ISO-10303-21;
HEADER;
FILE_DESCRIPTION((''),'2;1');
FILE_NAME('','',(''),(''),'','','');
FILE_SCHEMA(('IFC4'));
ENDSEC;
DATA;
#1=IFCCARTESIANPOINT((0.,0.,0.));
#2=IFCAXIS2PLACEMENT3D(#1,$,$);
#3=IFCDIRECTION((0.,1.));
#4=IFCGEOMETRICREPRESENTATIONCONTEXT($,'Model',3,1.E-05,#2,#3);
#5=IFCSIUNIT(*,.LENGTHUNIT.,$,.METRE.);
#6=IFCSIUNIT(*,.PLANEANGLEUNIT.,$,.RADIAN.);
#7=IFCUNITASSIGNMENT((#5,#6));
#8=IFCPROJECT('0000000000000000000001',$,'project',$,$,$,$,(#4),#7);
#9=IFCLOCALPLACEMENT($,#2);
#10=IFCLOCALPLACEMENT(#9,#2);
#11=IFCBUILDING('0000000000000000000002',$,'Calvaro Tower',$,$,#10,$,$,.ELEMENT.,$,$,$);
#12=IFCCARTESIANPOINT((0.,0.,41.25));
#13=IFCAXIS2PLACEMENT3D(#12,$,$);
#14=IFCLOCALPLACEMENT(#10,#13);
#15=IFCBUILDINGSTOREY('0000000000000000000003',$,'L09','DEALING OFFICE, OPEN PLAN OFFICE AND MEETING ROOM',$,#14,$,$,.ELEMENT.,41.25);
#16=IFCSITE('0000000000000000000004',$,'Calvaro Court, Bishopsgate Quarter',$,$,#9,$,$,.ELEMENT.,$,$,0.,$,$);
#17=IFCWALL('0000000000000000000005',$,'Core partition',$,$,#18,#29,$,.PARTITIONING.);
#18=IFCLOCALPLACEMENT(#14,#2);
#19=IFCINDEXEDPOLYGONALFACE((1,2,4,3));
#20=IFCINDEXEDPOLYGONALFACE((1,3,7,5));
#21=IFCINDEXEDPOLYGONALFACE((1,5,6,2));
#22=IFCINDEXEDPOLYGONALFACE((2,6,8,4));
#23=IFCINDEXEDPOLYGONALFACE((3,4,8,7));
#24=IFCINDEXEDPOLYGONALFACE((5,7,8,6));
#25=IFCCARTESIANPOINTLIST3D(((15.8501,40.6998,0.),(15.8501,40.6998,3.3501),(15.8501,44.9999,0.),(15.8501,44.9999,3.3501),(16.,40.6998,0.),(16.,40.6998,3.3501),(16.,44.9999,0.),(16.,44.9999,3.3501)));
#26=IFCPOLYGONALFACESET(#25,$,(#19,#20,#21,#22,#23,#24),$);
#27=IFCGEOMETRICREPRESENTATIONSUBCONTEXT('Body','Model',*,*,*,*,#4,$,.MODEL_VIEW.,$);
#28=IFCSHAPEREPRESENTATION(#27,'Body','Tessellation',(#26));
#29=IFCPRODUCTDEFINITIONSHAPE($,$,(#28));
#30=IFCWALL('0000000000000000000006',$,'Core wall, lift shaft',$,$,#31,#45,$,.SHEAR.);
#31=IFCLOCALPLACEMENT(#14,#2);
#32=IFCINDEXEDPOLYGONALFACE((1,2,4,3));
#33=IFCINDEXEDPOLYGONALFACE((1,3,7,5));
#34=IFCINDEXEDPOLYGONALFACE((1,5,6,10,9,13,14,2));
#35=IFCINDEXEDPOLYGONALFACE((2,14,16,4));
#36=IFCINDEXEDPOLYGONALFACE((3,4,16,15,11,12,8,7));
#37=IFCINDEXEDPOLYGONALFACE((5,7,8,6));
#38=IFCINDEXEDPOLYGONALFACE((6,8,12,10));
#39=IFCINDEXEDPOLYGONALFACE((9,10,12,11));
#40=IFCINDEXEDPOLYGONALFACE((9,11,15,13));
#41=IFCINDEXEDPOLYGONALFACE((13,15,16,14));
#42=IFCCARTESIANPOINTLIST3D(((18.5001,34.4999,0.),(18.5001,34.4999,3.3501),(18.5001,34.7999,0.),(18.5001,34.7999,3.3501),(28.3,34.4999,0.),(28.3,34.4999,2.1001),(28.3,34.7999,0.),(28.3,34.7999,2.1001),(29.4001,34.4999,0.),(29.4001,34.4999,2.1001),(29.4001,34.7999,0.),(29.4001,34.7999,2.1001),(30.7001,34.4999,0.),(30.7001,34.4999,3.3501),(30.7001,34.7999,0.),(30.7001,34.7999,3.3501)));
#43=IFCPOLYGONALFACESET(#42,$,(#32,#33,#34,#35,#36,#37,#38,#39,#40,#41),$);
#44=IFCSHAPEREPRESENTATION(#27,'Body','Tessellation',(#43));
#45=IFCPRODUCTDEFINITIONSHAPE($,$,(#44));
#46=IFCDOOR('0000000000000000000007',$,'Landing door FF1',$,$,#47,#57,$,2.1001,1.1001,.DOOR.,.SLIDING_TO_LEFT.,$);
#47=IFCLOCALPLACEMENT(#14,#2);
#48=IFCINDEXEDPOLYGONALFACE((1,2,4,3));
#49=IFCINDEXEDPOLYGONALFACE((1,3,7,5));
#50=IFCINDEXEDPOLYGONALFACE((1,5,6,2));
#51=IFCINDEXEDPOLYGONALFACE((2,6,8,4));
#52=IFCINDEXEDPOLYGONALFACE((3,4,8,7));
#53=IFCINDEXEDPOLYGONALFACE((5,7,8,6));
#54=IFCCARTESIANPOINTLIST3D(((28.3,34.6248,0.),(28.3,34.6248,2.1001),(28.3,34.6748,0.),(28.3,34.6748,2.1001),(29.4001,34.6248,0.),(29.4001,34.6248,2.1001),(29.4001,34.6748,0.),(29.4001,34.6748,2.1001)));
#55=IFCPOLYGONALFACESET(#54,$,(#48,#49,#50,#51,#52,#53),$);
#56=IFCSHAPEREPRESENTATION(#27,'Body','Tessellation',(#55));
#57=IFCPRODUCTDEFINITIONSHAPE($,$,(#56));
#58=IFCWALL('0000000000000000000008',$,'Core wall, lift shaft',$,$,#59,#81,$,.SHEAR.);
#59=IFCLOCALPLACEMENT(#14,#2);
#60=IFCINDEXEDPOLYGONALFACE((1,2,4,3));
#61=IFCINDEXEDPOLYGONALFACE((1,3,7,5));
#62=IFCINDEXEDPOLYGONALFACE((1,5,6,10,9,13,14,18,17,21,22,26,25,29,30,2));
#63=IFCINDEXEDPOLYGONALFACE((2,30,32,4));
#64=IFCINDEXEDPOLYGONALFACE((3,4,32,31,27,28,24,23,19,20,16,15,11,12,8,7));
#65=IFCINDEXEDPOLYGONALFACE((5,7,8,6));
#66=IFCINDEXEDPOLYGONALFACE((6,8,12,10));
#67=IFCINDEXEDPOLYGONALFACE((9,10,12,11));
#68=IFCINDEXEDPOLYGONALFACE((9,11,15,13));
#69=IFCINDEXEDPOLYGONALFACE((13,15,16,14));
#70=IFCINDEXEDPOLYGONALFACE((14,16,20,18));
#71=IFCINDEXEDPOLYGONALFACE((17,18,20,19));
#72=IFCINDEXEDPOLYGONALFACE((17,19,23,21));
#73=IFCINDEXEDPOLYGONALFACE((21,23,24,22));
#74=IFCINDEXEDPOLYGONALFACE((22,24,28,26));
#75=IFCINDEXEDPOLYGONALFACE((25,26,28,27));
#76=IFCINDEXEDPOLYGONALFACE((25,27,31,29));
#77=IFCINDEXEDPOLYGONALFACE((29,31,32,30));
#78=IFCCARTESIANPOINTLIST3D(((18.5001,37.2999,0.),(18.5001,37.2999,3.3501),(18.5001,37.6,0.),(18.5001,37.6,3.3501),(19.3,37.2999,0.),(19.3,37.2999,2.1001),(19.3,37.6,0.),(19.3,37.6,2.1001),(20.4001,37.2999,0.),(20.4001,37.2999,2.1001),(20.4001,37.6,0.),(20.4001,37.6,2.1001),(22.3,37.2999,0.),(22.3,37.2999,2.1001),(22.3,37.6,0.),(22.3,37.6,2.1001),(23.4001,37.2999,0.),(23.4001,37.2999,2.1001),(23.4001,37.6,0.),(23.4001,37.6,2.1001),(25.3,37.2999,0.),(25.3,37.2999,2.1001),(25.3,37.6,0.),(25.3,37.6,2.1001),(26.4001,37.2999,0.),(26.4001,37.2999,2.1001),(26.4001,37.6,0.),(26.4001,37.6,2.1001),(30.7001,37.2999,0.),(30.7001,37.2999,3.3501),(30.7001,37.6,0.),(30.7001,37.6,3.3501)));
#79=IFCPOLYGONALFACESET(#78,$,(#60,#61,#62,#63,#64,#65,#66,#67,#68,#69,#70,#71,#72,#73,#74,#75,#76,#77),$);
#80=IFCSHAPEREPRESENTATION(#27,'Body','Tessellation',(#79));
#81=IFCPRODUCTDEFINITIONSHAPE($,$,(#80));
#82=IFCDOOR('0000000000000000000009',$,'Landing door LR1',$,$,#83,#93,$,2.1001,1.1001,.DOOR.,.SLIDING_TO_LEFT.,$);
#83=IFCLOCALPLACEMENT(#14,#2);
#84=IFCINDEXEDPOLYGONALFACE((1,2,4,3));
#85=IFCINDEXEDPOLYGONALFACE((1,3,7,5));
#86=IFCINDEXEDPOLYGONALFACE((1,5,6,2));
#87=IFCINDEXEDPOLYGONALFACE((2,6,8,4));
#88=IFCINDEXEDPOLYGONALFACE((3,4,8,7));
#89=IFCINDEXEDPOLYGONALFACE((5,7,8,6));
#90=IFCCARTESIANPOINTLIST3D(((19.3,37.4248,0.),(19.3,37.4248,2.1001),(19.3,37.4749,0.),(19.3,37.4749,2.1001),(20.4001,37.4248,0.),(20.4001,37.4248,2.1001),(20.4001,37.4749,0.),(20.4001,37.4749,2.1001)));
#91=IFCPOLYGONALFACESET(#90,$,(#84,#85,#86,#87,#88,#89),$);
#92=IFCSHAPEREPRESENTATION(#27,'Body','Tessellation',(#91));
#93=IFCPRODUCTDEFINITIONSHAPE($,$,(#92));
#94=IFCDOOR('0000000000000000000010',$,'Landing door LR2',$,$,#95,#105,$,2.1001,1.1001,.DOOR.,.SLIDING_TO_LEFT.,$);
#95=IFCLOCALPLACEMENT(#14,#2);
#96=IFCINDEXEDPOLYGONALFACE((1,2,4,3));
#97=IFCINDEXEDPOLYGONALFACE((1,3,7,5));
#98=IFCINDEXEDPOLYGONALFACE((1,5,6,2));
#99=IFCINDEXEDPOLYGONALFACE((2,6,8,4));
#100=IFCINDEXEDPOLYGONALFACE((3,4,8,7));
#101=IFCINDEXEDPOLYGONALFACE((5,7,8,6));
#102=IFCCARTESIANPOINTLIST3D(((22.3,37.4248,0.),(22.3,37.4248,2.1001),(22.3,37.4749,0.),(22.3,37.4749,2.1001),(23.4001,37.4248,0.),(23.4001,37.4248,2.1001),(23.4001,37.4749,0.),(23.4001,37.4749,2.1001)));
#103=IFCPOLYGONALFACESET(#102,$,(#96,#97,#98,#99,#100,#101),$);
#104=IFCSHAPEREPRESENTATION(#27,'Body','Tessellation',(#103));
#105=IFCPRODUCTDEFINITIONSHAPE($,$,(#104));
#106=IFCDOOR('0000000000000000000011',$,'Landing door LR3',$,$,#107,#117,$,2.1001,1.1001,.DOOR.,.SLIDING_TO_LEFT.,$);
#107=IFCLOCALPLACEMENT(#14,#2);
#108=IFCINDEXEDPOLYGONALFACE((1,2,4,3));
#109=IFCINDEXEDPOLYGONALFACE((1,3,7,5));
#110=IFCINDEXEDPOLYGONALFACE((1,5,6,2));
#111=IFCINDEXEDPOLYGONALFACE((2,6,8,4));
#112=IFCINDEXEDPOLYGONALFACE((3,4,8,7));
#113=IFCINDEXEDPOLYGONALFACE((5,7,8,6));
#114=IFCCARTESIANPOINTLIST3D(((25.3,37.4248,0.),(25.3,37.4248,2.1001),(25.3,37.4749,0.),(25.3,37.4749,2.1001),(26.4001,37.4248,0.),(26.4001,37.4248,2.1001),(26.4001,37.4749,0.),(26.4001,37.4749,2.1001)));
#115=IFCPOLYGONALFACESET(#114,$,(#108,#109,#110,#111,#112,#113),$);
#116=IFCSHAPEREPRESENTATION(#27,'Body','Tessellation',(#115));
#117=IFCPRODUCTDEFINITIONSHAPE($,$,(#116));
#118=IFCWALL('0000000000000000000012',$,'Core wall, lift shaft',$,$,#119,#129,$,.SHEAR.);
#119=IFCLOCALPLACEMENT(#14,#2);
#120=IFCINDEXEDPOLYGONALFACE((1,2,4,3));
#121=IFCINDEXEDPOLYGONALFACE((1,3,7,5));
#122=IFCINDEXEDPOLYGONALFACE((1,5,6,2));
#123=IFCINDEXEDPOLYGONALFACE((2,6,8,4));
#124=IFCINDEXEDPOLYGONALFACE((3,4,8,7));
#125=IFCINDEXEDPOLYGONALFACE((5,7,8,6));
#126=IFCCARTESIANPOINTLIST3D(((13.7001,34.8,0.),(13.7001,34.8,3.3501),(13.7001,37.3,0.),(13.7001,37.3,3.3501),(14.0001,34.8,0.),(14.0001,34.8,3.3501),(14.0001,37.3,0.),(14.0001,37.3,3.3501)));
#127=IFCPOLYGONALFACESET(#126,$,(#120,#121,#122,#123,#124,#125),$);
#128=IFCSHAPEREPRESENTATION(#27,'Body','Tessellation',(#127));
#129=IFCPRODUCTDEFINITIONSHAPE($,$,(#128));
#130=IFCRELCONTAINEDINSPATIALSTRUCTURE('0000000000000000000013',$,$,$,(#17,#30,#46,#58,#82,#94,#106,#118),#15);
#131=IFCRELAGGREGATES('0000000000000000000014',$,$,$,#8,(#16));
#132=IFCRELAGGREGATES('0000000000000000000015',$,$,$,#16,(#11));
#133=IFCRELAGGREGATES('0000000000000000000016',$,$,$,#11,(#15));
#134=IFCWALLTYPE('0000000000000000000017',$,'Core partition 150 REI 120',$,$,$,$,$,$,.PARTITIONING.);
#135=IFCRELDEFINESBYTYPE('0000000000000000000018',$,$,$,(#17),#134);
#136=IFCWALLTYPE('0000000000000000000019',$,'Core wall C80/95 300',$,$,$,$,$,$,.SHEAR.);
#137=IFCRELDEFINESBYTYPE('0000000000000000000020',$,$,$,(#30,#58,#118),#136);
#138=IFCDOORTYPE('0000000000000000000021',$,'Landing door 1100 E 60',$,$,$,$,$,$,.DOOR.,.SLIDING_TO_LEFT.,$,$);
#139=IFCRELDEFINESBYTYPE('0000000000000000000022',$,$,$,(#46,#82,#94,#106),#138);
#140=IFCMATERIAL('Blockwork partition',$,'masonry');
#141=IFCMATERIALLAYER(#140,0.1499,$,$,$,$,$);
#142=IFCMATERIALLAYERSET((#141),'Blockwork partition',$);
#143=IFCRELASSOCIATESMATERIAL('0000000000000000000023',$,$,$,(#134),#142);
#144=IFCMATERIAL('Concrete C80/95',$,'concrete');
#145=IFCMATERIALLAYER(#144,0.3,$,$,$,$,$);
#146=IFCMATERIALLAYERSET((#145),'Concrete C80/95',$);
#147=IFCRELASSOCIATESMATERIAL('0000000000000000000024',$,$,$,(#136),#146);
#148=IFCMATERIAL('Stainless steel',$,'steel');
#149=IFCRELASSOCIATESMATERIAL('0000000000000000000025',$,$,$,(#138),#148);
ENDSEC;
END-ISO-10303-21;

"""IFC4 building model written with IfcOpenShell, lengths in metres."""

from ifc_helpers import new_model, si_unit, direction, frame, frame_2d, origin, place, context, subcontext, project, spatial, rectangle, extrude, material, layer, layer_set, type_object, element, fill, save


model = new_model("IFC4")

# Units and contexts
model_context = context("Model", 3, precision=1e-05, world=origin(), true_north=direction((0.0, 1.0)))
body_context = subcontext(model_context, "Body", "Model", "MODEL_VIEW")
ifc_project = project(units=[si_unit("LENGTHUNIT", "METRE"), si_unit("PLANEANGLEUNIT", "RADIAN")], contexts=[model_context])

# Site, building, storey
site_placement = place(None, origin())
site = spatial("IfcSite", under=ifc_project, at=site_placement, Name="Calvaro Court, Bishopsgate Quarter", CompositionType="ELEMENT", RefElevation=0.0)
building_placement = place(site_placement, origin())
building = spatial("IfcBuilding", under=site, at=building_placement, Name="Calvaro Tower", CompositionType="ELEMENT")
storey_placement = place(building_placement, frame((0.0, 0.0, 41.25)))
storey = spatial("IfcBuildingStorey", under=building, at=storey_placement, Name="L09", Description="DEALING OFFICE, OPEN PLAN OFFICE AND MEETING ROOM", CompositionType="ELEMENT", Elevation=41.25)

# Wall
ifc_material_1 = material(Name="Blockwork partition", Category="masonry")
ifc_layer_1 = layer(ifc_material_1, 0.1499)
ifc_layer_set_1 = layer_set([ifc_layer_1], Name="Blockwork partition")
wall_type_1 = type_object("IfcWallType", Name="Core partition 150 REI 120", PredefinedType="PARTITIONING", material=ifc_layer_set_1)
wall_1_placement = place(storey_placement, frame((15.925, 40.7, 0.0), z_axis=(0.0, 0.0, 1.0), x_axis=(0.0, 1.0, 0.0)))
element("IfcWall", 1, at=wall_1_placement, inside=storey, type_object=wall_type_1, Name="Core partition", PredefinedType="PARTITIONING", context=body_context, shape_type="SweptSolid", body=[
    extrude(rectangle(XDim=4.3, YDim=0.1499, at=frame_2d((2.1499, 0.0))), origin(), (0.0, 0.0, 1.0), 3.3501),
])

# Wall, opening, door
ifc_material_2 = material(Name="Concrete C80/95", Category="concrete")
ifc_layer_2 = layer(ifc_material_2, 0.3)
ifc_layer_set_2 = layer_set([ifc_layer_2], Name="Concrete C80/95")
wall_type_2 = type_object("IfcWallType", Name="Core wall C80/95 300", PredefinedType="SHEAR", material=ifc_layer_set_2)
wall_2_placement = place(storey_placement, frame((18.5, 34.6499, 0.0), z_axis=(0.0, 0.0, 1.0), x_axis=(1.0, 0.0, 0.0)))
wall_2 = element("IfcWall", 2, at=wall_2_placement, inside=storey, type_object=wall_type_2, Name="Core wall, lift shaft", PredefinedType="SHEAR", context=body_context, shape_type="SweptSolid", body=[
    extrude(rectangle(XDim=12.2, YDim=0.3, at=frame_2d((6.1001, 0.0))), origin(), (0.0, 0.0, 1.0), 3.3501),
])
opening_1_placement = place(wall_2_placement, frame((9.8, 0.0, 0.0)))
opening_1 = element("IfcOpeningElement", 3, at=opening_1_placement, cuts=wall_2, PredefinedType="OPENING", context=body_context, shape_type="SweptSolid", body=[
    extrude(rectangle(XDim=1.1001, YDim=2.1001, at=frame_2d((0.55, 1.05))), frame((0.0, 0.1599, 0.0), z_axis=(0.0, -1.0, 0.0), x_axis=(1.0, 0.0, 0.0)), (0.0, 0.0, 1.0), 0.3201),
])
ifc_material_3 = material(Name="Stainless steel", Category="steel")
door_type_1 = type_object("IfcDoorType", Name="Landing door 1100 E 60", OperationType="SLIDING_TO_LEFT", PredefinedType="DOOR", material=ifc_material_3)
door_1_placement = place(opening_1_placement, origin())
door_1 = element("IfcDoor", 4, at=door_1_placement, inside=storey, type_object=door_type_1, Name="Landing door FF1", OperationType="SLIDING_TO_LEFT", OverallHeight=2.1001, OverallWidth=1.1001, PredefinedType="DOOR", context=body_context, shape_type="SweptSolid", body=[
    extrude(rectangle(XDim=1.1001, YDim=2.1001, at=frame_2d((0.55, 1.05))), frame((0.0, 0.0249, 0.0), z_axis=(0.0, -1.0, 0.0), x_axis=(1.0, 0.0, 0.0)), (0.0, 0.0, 1.0), 0.05),
])
fill(opening_1, door_1)

# Wall, openings, doors
wall_3_placement = place(storey_placement, frame((18.5, 37.45, 0.0), z_axis=(0.0, 0.0, 1.0), x_axis=(1.0, 0.0, 0.0)))
wall_3 = element("IfcWall", 5, at=wall_3_placement, inside=storey, type_object=wall_type_2, Name="Core wall, lift shaft", PredefinedType="SHEAR", context=body_context, shape_type="SweptSolid", body=[
    extrude(rectangle(XDim=12.2, YDim=0.3, at=frame_2d((6.1001, 0.0))), origin(), (0.0, 0.0, 1.0), 3.3501),
])
opening_2_placement = place(wall_3_placement, frame((0.8, 0.0, 0.0)))
opening_2 = element("IfcOpeningElement", 6, at=opening_2_placement, cuts=wall_3, PredefinedType="OPENING", context=body_context, shape_type="SweptSolid", body=[
    extrude(rectangle(XDim=1.1001, YDim=2.1001, at=frame_2d((0.55, 1.05))), frame((0.0, 0.1599, 0.0), z_axis=(0.0, -1.0, 0.0), x_axis=(1.0, 0.0, 0.0)), (0.0, 0.0, 1.0), 0.3201),
])
opening_3_placement = place(wall_3_placement, frame((3.8, 0.0, 0.0)))
opening_3 = element("IfcOpeningElement", 7, at=opening_3_placement, cuts=wall_3, PredefinedType="OPENING", context=body_context, shape_type="SweptSolid", body=[
    extrude(rectangle(XDim=1.1001, YDim=2.1001, at=frame_2d((0.55, 1.05))), frame((0.0, 0.1599, 0.0), z_axis=(0.0, -1.0, 0.0), x_axis=(1.0, 0.0, 0.0)), (0.0, 0.0, 1.0), 0.3201),
])
opening_4_placement = place(wall_3_placement, frame((6.8, 0.0, 0.0)))
opening_4 = element("IfcOpeningElement", 8, at=opening_4_placement, cuts=wall_3, PredefinedType="OPENING", context=body_context, shape_type="SweptSolid", body=[
    extrude(rectangle(XDim=1.1001, YDim=2.1001, at=frame_2d((0.55, 1.05))), frame((0.0, 0.1599, 0.0), z_axis=(0.0, -1.0, 0.0), x_axis=(1.0, 0.0, 0.0)), (0.0, 0.0, 1.0), 0.3201),
])
door_2_placement = place(opening_2_placement, origin())
door_2 = element("IfcDoor", 9, at=door_2_placement, inside=storey, type_object=door_type_1, Name="Landing door LR1", OperationType="SLIDING_TO_LEFT", OverallHeight=2.1001, OverallWidth=1.1001, PredefinedType="DOOR", context=body_context, shape_type="SweptSolid", body=[
    extrude(rectangle(XDim=1.1001, YDim=2.1001, at=frame_2d((0.55, 1.05))), frame((0.0, 0.0249, 0.0), z_axis=(0.0, -1.0, 0.0), x_axis=(1.0, 0.0, 0.0)), (0.0, 0.0, 1.0), 0.05),
])
fill(opening_2, door_2)
door_3_placement = place(opening_3_placement, origin())
door_3 = element("IfcDoor", 10, at=door_3_placement, inside=storey, type_object=door_type_1, Name="Landing door LR2", OperationType="SLIDING_TO_LEFT", OverallHeight=2.1001, OverallWidth=1.1001, PredefinedType="DOOR", context=body_context, shape_type="SweptSolid", body=[
    extrude(rectangle(XDim=1.1001, YDim=2.1001, at=frame_2d((0.55, 1.05))), frame((0.0, 0.0249, 0.0), z_axis=(0.0, -1.0, 0.0), x_axis=(1.0, 0.0, 0.0)), (0.0, 0.0, 1.0), 0.05),
])
fill(opening_3, door_3)
door_4_placement = place(opening_4_placement, origin())
door_4 = element("IfcDoor", 11, at=door_4_placement, inside=storey, type_object=door_type_1, Name="Landing door LR3", OperationType="SLIDING_TO_LEFT", OverallHeight=2.1001, OverallWidth=1.1001, PredefinedType="DOOR", context=body_context, shape_type="SweptSolid", body=[
    extrude(rectangle(XDim=1.1001, YDim=2.1001, at=frame_2d((0.55, 1.05))), frame((0.0, 0.0249, 0.0), z_axis=(0.0, -1.0, 0.0), x_axis=(1.0, 0.0, 0.0)), (0.0, 0.0, 1.0), 0.05),
])
fill(opening_4, door_4)

# Wall
wall_4_placement = place(storey_placement, frame((13.8501, 34.8, 0.0), z_axis=(0.0, 0.0, 1.0), x_axis=(0.0, 1.0, 0.0)))
element("IfcWall", 12, at=wall_4_placement, inside=storey, type_object=wall_type_2, Name="Core wall, lift shaft", PredefinedType="SHEAR", context=body_context, shape_type="SweptSolid", body=[
    extrude(rectangle(XDim=2.5, YDim=0.3, at=frame_2d((1.25, 0.0))), origin(), (0.0, 0.0, 1.0), 3.3501),
])

save(model, "model.ifc")
